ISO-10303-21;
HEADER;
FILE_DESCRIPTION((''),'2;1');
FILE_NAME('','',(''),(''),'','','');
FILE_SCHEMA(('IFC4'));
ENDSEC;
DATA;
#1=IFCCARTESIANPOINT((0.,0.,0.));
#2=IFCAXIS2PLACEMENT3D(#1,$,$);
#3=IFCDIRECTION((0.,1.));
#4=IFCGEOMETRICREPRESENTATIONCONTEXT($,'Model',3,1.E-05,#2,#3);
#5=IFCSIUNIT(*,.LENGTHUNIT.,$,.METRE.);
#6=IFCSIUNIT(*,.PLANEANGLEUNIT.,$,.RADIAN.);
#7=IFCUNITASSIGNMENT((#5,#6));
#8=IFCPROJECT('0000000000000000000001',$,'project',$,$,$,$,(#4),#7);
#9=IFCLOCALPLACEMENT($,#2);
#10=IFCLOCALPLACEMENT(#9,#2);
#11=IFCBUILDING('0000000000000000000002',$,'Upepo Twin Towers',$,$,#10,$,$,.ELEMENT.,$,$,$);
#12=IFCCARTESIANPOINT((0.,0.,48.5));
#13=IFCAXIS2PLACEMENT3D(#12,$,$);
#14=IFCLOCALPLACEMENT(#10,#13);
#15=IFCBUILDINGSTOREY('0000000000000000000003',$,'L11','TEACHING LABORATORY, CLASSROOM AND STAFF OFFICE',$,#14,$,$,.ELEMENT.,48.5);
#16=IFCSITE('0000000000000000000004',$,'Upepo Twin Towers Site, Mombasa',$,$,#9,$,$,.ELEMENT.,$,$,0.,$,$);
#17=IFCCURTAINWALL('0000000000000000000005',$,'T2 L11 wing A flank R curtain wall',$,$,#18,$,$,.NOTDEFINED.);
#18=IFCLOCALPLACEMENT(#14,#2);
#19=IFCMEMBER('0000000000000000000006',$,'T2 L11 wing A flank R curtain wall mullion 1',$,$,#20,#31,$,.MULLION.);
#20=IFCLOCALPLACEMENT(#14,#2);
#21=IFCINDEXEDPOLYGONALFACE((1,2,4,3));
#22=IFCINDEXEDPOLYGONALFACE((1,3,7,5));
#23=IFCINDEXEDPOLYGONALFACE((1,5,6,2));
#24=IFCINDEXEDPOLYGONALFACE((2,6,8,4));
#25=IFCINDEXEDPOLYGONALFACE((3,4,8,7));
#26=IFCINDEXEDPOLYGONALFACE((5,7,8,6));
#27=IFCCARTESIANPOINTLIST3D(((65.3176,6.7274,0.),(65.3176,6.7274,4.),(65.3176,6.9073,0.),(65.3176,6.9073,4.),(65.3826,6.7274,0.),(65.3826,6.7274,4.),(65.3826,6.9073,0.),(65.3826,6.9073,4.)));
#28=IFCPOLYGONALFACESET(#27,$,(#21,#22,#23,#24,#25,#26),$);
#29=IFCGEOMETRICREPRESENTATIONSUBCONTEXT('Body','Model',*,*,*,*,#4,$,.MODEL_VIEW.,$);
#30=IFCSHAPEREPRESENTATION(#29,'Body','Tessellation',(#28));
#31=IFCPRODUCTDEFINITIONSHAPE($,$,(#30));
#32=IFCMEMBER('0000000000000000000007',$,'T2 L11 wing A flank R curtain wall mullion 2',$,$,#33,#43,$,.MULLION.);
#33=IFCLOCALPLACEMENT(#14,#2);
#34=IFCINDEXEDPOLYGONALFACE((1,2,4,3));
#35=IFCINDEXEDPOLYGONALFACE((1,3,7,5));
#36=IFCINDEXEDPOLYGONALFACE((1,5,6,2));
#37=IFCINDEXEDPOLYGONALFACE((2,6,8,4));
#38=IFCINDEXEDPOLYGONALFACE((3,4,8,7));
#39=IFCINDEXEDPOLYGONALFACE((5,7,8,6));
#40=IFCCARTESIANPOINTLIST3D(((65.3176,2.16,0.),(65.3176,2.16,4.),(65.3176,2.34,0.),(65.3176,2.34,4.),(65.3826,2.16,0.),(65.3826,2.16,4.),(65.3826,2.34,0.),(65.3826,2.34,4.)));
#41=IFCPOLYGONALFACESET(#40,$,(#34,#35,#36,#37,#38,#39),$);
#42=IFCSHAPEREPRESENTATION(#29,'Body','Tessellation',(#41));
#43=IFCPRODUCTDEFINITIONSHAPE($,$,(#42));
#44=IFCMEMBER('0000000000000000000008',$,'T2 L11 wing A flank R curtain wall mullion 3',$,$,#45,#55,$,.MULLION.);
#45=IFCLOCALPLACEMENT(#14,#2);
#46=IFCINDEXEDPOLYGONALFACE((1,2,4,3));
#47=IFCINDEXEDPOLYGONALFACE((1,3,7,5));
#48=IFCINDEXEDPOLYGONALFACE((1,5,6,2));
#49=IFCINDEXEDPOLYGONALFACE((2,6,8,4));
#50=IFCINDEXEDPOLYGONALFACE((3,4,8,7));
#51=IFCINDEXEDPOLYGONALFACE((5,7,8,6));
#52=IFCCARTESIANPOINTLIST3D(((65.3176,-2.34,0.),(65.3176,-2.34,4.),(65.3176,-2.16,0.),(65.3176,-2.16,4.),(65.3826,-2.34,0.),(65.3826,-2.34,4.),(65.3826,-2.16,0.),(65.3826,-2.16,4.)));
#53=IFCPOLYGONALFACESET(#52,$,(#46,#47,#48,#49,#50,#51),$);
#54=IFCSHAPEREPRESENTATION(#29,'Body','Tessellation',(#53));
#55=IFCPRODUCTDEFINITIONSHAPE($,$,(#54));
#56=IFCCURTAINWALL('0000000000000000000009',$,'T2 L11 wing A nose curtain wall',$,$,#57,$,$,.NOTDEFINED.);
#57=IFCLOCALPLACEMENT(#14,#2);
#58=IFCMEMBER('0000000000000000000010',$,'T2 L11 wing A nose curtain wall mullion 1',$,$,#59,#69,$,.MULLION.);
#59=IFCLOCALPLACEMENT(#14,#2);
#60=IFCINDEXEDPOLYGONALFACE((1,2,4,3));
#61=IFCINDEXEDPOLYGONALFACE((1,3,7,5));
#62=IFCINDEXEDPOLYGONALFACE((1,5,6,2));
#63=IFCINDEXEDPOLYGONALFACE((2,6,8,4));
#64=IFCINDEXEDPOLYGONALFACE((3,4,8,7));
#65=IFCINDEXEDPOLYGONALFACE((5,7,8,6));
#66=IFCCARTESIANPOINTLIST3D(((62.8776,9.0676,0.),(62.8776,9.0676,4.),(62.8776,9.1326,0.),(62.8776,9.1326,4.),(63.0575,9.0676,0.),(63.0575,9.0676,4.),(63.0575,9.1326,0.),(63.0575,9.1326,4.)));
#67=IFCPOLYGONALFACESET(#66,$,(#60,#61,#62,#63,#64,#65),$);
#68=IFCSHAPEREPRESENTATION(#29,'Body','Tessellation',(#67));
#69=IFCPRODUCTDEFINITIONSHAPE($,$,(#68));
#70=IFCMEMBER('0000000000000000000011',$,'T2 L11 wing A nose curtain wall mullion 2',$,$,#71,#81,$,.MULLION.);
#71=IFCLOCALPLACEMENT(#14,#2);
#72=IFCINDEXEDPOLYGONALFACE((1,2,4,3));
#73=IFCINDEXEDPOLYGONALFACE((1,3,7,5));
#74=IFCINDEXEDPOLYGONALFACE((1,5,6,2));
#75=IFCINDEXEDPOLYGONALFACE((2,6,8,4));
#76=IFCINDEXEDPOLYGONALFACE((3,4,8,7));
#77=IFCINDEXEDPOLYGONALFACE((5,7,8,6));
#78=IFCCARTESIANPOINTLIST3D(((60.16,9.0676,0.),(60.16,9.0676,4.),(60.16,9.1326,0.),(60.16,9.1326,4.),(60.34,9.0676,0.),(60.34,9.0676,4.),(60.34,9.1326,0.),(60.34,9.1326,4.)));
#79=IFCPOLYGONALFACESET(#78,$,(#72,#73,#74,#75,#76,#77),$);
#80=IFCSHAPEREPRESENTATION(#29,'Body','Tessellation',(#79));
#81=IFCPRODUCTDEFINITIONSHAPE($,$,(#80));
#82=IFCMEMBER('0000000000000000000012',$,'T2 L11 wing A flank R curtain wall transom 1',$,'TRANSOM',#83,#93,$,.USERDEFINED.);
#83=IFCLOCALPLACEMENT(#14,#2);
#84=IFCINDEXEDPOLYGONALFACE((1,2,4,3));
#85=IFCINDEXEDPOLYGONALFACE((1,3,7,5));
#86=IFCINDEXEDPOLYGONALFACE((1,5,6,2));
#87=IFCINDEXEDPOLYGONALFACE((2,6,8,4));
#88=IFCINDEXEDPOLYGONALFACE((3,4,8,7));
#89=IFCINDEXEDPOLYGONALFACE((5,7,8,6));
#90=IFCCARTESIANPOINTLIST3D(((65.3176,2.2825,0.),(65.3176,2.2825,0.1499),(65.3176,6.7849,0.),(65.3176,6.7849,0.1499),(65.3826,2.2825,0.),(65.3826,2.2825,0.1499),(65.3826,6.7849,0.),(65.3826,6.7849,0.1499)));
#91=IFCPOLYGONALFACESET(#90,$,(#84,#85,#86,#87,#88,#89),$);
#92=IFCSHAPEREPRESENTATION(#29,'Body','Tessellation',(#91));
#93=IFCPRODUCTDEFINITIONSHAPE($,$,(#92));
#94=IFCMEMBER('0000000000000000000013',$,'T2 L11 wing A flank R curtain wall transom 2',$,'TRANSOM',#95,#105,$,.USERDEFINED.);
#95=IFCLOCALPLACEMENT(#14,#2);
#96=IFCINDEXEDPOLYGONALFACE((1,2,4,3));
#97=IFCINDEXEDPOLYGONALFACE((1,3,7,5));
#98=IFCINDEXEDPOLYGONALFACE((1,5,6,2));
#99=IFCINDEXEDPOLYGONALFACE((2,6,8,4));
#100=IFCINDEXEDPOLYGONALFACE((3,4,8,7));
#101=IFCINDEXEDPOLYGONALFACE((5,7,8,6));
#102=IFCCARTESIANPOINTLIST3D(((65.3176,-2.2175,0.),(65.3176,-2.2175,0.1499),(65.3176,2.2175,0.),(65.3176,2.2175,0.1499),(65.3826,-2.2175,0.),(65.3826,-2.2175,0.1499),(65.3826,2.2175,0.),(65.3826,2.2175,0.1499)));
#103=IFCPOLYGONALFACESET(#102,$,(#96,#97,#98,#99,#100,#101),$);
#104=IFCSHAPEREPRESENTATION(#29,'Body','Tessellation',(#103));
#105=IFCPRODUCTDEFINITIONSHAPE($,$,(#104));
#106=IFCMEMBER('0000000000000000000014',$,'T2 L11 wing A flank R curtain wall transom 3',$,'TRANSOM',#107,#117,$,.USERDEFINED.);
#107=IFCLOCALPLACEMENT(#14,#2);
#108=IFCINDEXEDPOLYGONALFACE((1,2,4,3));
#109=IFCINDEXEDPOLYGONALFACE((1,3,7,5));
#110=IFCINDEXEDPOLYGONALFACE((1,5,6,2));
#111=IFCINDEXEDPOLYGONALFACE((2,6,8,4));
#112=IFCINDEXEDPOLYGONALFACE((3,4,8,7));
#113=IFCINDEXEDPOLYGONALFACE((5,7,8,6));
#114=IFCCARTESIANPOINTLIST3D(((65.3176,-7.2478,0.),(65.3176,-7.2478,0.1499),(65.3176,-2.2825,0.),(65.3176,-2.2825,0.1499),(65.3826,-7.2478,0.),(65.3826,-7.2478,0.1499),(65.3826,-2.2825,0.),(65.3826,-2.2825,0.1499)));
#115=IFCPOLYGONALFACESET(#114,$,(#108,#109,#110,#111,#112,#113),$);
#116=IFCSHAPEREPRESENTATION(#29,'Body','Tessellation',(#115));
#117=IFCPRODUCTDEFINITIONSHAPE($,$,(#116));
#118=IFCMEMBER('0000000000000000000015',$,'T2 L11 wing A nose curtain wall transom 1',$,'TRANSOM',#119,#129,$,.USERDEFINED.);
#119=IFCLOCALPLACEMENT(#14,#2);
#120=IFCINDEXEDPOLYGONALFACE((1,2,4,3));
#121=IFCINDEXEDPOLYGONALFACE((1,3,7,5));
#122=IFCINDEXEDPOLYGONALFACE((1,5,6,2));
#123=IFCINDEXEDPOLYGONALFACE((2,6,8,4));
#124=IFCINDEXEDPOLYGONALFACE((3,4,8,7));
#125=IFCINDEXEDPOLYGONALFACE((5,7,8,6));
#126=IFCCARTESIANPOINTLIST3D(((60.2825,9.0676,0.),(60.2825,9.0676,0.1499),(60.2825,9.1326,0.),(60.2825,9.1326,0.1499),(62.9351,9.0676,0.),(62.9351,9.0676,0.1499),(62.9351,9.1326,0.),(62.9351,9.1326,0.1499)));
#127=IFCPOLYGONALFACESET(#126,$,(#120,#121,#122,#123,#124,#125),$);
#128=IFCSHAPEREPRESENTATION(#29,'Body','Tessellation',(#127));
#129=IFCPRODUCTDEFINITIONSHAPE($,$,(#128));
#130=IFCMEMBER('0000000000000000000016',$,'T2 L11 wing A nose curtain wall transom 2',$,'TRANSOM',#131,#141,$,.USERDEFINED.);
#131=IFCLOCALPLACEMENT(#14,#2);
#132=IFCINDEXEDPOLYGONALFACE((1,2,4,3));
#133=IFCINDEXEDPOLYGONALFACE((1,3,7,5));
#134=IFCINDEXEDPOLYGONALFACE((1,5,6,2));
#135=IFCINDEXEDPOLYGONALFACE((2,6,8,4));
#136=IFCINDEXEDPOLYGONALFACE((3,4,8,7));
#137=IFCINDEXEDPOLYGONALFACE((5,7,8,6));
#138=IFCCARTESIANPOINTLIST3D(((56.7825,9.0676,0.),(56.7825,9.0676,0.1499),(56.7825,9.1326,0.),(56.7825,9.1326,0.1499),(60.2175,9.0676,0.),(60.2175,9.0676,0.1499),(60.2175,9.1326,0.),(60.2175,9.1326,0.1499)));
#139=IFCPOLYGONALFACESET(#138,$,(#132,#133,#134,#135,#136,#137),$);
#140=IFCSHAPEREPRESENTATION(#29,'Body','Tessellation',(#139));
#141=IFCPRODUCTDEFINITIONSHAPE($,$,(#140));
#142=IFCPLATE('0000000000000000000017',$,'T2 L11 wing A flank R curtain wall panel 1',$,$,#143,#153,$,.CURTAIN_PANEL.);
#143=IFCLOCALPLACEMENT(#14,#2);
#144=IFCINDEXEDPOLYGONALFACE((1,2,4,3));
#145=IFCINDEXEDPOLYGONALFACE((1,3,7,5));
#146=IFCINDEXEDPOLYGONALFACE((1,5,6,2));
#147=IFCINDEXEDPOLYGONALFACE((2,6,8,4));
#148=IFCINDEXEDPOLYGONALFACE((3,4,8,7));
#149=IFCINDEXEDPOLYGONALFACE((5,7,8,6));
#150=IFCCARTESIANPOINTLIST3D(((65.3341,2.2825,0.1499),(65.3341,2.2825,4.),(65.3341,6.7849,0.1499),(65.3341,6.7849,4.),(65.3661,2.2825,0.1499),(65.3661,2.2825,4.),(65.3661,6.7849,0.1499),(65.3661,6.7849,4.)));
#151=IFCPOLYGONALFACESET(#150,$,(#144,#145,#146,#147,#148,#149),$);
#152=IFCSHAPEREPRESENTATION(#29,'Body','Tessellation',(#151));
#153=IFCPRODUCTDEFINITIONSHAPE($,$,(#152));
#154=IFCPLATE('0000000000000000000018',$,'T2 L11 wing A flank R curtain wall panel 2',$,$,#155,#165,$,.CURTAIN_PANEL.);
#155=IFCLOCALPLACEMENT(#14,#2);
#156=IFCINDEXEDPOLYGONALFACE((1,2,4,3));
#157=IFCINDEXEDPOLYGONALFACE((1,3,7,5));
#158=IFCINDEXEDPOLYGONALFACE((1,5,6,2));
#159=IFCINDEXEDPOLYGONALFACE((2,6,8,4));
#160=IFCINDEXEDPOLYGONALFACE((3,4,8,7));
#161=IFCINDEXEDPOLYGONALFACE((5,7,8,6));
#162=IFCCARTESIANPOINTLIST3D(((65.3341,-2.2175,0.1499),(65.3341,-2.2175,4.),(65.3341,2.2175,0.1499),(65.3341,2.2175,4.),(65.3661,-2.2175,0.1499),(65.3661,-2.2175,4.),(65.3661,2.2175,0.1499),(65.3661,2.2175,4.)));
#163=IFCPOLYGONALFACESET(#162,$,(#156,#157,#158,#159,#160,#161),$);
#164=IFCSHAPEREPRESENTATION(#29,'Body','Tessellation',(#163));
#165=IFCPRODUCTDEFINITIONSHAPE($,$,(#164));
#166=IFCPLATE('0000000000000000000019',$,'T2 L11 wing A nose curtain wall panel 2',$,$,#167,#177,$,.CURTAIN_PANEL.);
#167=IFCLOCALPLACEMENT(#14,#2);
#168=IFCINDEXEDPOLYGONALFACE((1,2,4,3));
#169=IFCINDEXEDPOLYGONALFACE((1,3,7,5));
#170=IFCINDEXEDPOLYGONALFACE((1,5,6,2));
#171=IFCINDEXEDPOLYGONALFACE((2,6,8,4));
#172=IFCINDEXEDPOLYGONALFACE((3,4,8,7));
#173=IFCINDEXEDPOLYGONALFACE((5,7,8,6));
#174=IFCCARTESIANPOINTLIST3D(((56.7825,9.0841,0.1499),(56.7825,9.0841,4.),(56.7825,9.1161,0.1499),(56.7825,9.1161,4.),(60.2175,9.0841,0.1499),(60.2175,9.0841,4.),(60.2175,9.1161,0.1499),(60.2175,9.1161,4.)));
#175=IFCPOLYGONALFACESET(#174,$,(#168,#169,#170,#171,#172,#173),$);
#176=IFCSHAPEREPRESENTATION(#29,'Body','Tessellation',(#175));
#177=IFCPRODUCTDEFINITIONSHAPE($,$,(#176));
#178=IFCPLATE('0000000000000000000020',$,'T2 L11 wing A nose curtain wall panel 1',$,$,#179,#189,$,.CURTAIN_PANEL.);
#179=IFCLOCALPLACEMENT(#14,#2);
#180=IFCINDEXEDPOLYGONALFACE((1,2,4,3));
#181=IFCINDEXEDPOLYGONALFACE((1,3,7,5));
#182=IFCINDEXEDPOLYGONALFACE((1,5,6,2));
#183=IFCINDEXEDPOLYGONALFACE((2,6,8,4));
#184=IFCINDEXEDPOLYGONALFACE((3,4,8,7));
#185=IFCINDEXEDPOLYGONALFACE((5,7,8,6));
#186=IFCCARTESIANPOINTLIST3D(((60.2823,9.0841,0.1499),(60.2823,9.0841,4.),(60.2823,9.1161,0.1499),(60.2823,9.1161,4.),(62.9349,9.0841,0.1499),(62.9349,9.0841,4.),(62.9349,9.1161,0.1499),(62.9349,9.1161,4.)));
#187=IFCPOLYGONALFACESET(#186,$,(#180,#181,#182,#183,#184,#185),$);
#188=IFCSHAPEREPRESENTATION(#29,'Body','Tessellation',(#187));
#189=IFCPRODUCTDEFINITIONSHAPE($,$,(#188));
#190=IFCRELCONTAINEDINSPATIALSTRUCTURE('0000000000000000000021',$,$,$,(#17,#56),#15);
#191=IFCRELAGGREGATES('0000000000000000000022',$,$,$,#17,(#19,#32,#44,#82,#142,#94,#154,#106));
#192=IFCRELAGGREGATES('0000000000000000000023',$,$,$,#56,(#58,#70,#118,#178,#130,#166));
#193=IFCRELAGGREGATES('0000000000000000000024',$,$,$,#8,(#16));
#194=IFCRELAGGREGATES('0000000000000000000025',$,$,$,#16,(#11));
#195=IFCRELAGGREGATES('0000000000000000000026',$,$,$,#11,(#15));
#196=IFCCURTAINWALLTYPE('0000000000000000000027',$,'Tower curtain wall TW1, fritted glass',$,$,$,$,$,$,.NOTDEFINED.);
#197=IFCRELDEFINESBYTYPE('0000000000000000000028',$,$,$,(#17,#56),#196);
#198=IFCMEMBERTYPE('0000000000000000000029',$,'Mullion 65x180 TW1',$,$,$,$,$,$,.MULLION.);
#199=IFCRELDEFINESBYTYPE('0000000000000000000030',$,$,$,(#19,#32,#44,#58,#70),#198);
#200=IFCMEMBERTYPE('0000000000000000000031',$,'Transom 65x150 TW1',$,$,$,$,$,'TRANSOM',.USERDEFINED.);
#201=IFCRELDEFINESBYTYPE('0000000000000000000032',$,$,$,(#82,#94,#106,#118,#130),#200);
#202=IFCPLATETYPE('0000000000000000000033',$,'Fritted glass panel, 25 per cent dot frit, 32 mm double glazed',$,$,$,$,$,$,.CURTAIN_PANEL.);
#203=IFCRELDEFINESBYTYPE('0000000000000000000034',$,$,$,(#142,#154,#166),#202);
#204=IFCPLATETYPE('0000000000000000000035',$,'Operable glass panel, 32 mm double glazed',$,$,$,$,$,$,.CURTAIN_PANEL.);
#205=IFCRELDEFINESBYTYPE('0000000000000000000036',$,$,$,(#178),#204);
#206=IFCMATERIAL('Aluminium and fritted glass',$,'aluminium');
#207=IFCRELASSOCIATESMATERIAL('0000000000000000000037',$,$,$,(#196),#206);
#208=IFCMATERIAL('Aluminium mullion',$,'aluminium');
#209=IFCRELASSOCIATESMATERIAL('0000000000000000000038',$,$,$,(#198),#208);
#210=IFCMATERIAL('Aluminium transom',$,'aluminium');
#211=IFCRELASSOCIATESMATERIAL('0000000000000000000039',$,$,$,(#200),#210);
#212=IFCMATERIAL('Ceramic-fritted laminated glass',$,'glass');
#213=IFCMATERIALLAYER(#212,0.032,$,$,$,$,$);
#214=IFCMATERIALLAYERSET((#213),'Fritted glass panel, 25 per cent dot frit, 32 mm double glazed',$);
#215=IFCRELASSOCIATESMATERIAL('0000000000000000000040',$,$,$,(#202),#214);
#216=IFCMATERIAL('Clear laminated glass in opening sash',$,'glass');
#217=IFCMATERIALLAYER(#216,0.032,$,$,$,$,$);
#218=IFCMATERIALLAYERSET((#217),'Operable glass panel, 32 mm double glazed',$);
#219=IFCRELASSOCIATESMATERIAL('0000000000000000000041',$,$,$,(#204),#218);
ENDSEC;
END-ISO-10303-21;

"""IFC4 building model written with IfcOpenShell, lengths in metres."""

from ifc_helpers import new_model, si_unit, direction, frame, origin, origin_2d, place, context, subcontext, project, spatial, rectangle, extrude, material, layer, layer_set, material_profile, profile_set, type_object, element, aggregate, save


model = new_model("IFC4")

# Units and contexts
model_context = context("Model", 3, precision=1e-05, world=origin(), true_north=direction((0.0, 1.0)))
body_context = subcontext(model_context, "Body", "Model", "MODEL_VIEW")
ifc_project = project(units=[si_unit("LENGTHUNIT", "METRE"), si_unit("PLANEANGLEUNIT", "RADIAN")], contexts=[model_context])

# Site, building, storey
site_placement = place(None, origin())
site = spatial("IfcSite", under=ifc_project, at=site_placement, Name="Upepo Twin Towers Site, Mombasa", CompositionType="ELEMENT", RefElevation=0.0)
building_placement = place(site_placement, origin())
building = spatial("IfcBuilding", under=site, at=building_placement, Name="Upepo Twin Towers", CompositionType="ELEMENT")
storey_placement = place(building_placement, frame((0.0, 0.0, 48.5)))
storey = spatial("IfcBuildingStorey", under=building, at=storey_placement, Name="L11", Description="TEACHING LABORATORY, CLASSROOM AND STAFF OFFICE", CompositionType="ELEMENT", Elevation=48.5)

# Curtain walls, members
ifc_material_1 = material(Name="Aluminium and fritted glass", Category="aluminium")
curtain_wall_type = type_object("IfcCurtainWallType", Name="Tower curtain wall TW1, fritted glass", PredefinedType="NOTDEFINED", material=ifc_material_1)
curtain_wall_1_placement = place(storey_placement, origin())
curtain_wall_1 = element("IfcCurtainWall", 1, at=curtain_wall_1_placement, inside=storey, type_object=curtain_wall_type, Name="T2 L11 wing A flank R curtain wall", PredefinedType="NOTDEFINED")
ifc_material_2 = material(Name="Aluminium mullion", Category="aluminium")
ifc_material_profile_1 = material_profile(ifc_material_2, rectangle(XDim=0.0649, YDim=0.1799, at=origin_2d()), Name="MULLION 65x180")
ifc_profile_set_1 = profile_set([ifc_material_profile_1], Name="Aluminium mullion")
member_type_1 = type_object("IfcMemberType", Name="Mullion 65x180 TW1", PredefinedType="MULLION", material=ifc_profile_set_1)
member_1_placement = place(storey_placement, frame((65.3501, 6.8174, 0.0), z_axis=(0.0, 0.0, 1.0), x_axis=(1.0, 0.0, 0.0)))
member_1 = element("IfcMember", 2, at=member_1_placement, type_object=member_type_1, Name="T2 L11 wing A flank R curtain wall mullion 1", PredefinedType="MULLION", context=body_context, shape_type="SweptSolid", body=[
    extrude(rectangle(XDim=0.0649, YDim=0.1799, at=origin_2d()), origin(), (0.0, 0.0, 1.0), 4.0),
])
member_2_placement = place(storey_placement, frame((65.3501, 2.25, 0.0), z_axis=(0.0, 0.0, 1.0), x_axis=(1.0, 0.0, 0.0)))
member_2 = element("IfcMember", 3, at=member_2_placement, type_object=member_type_1, Name="T2 L11 wing A flank R curtain wall mullion 2", PredefinedType="MULLION", context=body_context, shape_type="SweptSolid", body=[
    extrude(rectangle(XDim=0.0649, YDim=0.1799, at=origin_2d()), origin(), (0.0, 0.0, 1.0), 4.0),
])
member_3_placement = place(storey_placement, frame((65.3501, -2.25, 0.0), z_axis=(0.0, 0.0, 1.0), x_axis=(1.0, 0.0, 0.0)))
member_3 = element("IfcMember", 4, at=member_3_placement, type_object=member_type_1, Name="T2 L11 wing A flank R curtain wall mullion 3", PredefinedType="MULLION", context=body_context, shape_type="SweptSolid", body=[
    extrude(rectangle(XDim=0.0649, YDim=0.1799, at=origin_2d()), origin(), (0.0, 0.0, 1.0), 4.0),
])
curtain_wall_2_placement = place(storey_placement, origin())
curtain_wall_2 = element("IfcCurtainWall", 5, at=curtain_wall_2_placement, inside=storey, type_object=curtain_wall_type, Name="T2 L11 wing A nose curtain wall", PredefinedType="NOTDEFINED")
member_4_placement = place(storey_placement, frame((62.9675, 9.1001, 0.0), z_axis=(0.0, 0.0, 1.0), x_axis=(0.0, -1.0, 0.0)))
member_4 = element("IfcMember", 6, at=member_4_placement, type_object=member_type_1, Name="T2 L11 wing A nose curtain wall mullion 1", PredefinedType="MULLION", context=body_context, shape_type="SweptSolid", body=[
    extrude(rectangle(XDim=0.0649, YDim=0.1799, at=origin_2d()), origin(), (0.0, 0.0, 1.0), 4.0),
])
member_5_placement = place(storey_placement, frame((60.25, 9.1001, 0.0), z_axis=(0.0, 0.0, 1.0), x_axis=(0.0, -1.0, 0.0)))
member_5 = element("IfcMember", 7, at=member_5_placement, type_object=member_type_1, Name="T2 L11 wing A nose curtain wall mullion 2", PredefinedType="MULLION", context=body_context, shape_type="SweptSolid", body=[
    extrude(rectangle(XDim=0.0649, YDim=0.1799, at=origin_2d()), origin(), (0.0, 0.0, 1.0), 4.0),
])

# Members
ifc_material_3 = material(Name="Aluminium transom", Category="aluminium")
ifc_material_profile_2 = material_profile(ifc_material_3, rectangle(XDim=0.0649, YDim=0.1499, at=origin_2d()), Name="TRANSOM 65x150")
ifc_profile_set_2 = profile_set([ifc_material_profile_2], Name="Aluminium transom")
member_type_2 = type_object("IfcMemberType", Name="Transom 65x150 TW1", ElementType="TRANSOM", PredefinedType="USERDEFINED", material=ifc_profile_set_2)
member_6_placement = place(storey_placement, frame((65.3501, 6.7849, 0.075), z_axis=(0.0, -1.0, 0.0), x_axis=(1.0, 0.0, 0.0)))
member_6 = element("IfcMember", 8, at=member_6_placement, type_object=member_type_2, Name="T2 L11 wing A flank R curtain wall transom 1", ObjectType="TRANSOM", PredefinedType="USERDEFINED", context=body_context, shape_type="SweptSolid", body=[
    extrude(rectangle(XDim=0.0649, YDim=0.1499, at=origin_2d()), origin(), (0.0, 0.0, 1.0), 4.5024),
])
member_7_placement = place(storey_placement, frame((65.3501, 2.2175, 0.075), z_axis=(0.0, -1.0, 0.0), x_axis=(1.0, 0.0, 0.0)))
member_7 = element("IfcMember", 9, at=member_7_placement, type_object=member_type_2, Name="T2 L11 wing A flank R curtain wall transom 2", ObjectType="TRANSOM", PredefinedType="USERDEFINED", context=body_context, shape_type="SweptSolid", body=[
    extrude(rectangle(XDim=0.0649, YDim=0.1499, at=origin_2d()), origin(), (0.0, 0.0, 1.0), 4.4351),
])
member_8_placement = place(storey_placement, frame((65.3501, -2.2825, 0.075), z_axis=(0.0, -1.0, 0.0), x_axis=(1.0, 0.0, 0.0)))
member_8 = element("IfcMember", 10, at=member_8_placement, type_object=member_type_2, Name="T2 L11 wing A flank R curtain wall transom 3", ObjectType="TRANSOM", PredefinedType="USERDEFINED", context=body_context, shape_type="SweptSolid", body=[
    extrude(rectangle(XDim=0.0649, YDim=0.1499, at=origin_2d()), origin(), (0.0, 0.0, 1.0), 4.9653),
])
member_9_placement = place(storey_placement, frame((62.9351, 9.1001, 0.075), z_axis=(-1.0, 0.0, 0.0), x_axis=(0.0, -1.0, 0.0)))
member_9 = element("IfcMember", 11, at=member_9_placement, type_object=member_type_2, Name="T2 L11 wing A nose curtain wall transom 1", ObjectType="TRANSOM", PredefinedType="USERDEFINED", context=body_context, shape_type="SweptSolid", body=[
    extrude(rectangle(XDim=0.0649, YDim=0.1499, at=origin_2d()), origin(), (0.0, 0.0, 1.0), 2.6526),
])
member_10_placement = place(storey_placement, frame((60.2175, 9.1001, 0.075), z_axis=(-1.0, 0.0, 0.0), x_axis=(0.0, -1.0, 0.0)))
member_10 = element("IfcMember", 12, at=member_10_placement, type_object=member_type_2, Name="T2 L11 wing A nose curtain wall transom 2", ObjectType="TRANSOM", PredefinedType="USERDEFINED", context=body_context, shape_type="SweptSolid", body=[
    extrude(rectangle(XDim=0.0649, YDim=0.1499, at=origin_2d()), origin(), (0.0, 0.0, 1.0), 3.4351),
])

# Plates
ifc_material_4 = material(Name="Ceramic-fritted laminated glass", Category="glass")
ifc_layer_1 = layer(ifc_material_4, 0.032)
ifc_layer_set_1 = layer_set([ifc_layer_1], Name="Fritted glass panel, 25 per cent dot frit, 32 mm double glazed")
plate_type_1 = type_object("IfcPlateType", Name="Fritted glass panel, 25 per cent dot frit, 32 mm double glazed", PredefinedType="CURTAIN_PANEL", material=ifc_layer_set_1)
plate_1_placement = place(storey_placement, frame((65.3501, 4.5337, 0.1499), z_axis=(0.0, 0.0, 1.0), x_axis=(0.0, -1.0, 0.0)))
plate_1 = element("IfcPlate", 13, at=plate_1_placement, type_object=plate_type_1, Name="T2 L11 wing A flank R curtain wall panel 1", PredefinedType="CURTAIN_PANEL", context=body_context, shape_type="SweptSolid", body=[
    extrude(rectangle(XDim=4.5024, YDim=0.032, at=origin_2d()), origin(), (0.0, 0.0, 1.0), 3.8501),
])
plate_2_placement = place(storey_placement, frame((65.3501, 0.0, 0.1499), z_axis=(0.0, 0.0, 1.0), x_axis=(0.0, -1.0, 0.0)))
plate_2 = element("IfcPlate", 14, at=plate_2_placement, type_object=plate_type_1, Name="T2 L11 wing A flank R curtain wall panel 2", PredefinedType="CURTAIN_PANEL", context=body_context, shape_type="SweptSolid", body=[
    extrude(rectangle(XDim=4.4351, YDim=0.032, at=origin_2d()), origin(), (0.0, 0.0, 1.0), 3.8501),
])
aggregate(curtain_wall_1, [member_1, member_2, member_3, member_6, plate_1, member_7, plate_2, member_8])
plate_3_placement = place(storey_placement, frame((58.5, 9.1001, 0.1499), z_axis=(0.0, 0.0, 1.0), x_axis=(-1.0, 0.0, 0.0)))
plate_3 = element("IfcPlate", 15, at=plate_3_placement, type_object=plate_type_1, Name="T2 L11 wing A nose curtain wall panel 2", PredefinedType="CURTAIN_PANEL", context=body_context, shape_type="SweptSolid", body=[
    extrude(rectangle(XDim=3.4351, YDim=0.032, at=origin_2d()), origin(), (0.0, 0.0, 1.0), 3.8501),
])
ifc_material_5 = material(Name="Clear laminated glass in opening sash", Category="glass")
ifc_layer_2 = layer(ifc_material_5, 0.032)
ifc_layer_set_2 = layer_set([ifc_layer_2], Name="Operable glass panel, 32 mm double glazed")
plate_type_2 = type_object("IfcPlateType", Name="Operable glass panel, 32 mm double glazed", PredefinedType="CURTAIN_PANEL", material=ifc_layer_set_2)
plate_4_placement = place(storey_placement, frame((61.6086, 9.1001, 0.1499), z_axis=(0.0, 0.0, 1.0), x_axis=(-1.0, 0.0, 0.0)))
plate_4 = element("IfcPlate", 16, at=plate_4_placement, type_object=plate_type_2, Name="T2 L11 wing A nose curtain wall panel 1", PredefinedType="CURTAIN_PANEL", context=body_context, shape_type="SweptSolid", body=[
    extrude(rectangle(XDim=2.6526, YDim=0.032, at=origin_2d()), origin(), (0.0, 0.0, 1.0), 3.8501),
])
aggregate(curtain_wall_2, [member_4, member_5, member_9, plate_4, member_10, plate_3])

save(model, "model.ifc")
